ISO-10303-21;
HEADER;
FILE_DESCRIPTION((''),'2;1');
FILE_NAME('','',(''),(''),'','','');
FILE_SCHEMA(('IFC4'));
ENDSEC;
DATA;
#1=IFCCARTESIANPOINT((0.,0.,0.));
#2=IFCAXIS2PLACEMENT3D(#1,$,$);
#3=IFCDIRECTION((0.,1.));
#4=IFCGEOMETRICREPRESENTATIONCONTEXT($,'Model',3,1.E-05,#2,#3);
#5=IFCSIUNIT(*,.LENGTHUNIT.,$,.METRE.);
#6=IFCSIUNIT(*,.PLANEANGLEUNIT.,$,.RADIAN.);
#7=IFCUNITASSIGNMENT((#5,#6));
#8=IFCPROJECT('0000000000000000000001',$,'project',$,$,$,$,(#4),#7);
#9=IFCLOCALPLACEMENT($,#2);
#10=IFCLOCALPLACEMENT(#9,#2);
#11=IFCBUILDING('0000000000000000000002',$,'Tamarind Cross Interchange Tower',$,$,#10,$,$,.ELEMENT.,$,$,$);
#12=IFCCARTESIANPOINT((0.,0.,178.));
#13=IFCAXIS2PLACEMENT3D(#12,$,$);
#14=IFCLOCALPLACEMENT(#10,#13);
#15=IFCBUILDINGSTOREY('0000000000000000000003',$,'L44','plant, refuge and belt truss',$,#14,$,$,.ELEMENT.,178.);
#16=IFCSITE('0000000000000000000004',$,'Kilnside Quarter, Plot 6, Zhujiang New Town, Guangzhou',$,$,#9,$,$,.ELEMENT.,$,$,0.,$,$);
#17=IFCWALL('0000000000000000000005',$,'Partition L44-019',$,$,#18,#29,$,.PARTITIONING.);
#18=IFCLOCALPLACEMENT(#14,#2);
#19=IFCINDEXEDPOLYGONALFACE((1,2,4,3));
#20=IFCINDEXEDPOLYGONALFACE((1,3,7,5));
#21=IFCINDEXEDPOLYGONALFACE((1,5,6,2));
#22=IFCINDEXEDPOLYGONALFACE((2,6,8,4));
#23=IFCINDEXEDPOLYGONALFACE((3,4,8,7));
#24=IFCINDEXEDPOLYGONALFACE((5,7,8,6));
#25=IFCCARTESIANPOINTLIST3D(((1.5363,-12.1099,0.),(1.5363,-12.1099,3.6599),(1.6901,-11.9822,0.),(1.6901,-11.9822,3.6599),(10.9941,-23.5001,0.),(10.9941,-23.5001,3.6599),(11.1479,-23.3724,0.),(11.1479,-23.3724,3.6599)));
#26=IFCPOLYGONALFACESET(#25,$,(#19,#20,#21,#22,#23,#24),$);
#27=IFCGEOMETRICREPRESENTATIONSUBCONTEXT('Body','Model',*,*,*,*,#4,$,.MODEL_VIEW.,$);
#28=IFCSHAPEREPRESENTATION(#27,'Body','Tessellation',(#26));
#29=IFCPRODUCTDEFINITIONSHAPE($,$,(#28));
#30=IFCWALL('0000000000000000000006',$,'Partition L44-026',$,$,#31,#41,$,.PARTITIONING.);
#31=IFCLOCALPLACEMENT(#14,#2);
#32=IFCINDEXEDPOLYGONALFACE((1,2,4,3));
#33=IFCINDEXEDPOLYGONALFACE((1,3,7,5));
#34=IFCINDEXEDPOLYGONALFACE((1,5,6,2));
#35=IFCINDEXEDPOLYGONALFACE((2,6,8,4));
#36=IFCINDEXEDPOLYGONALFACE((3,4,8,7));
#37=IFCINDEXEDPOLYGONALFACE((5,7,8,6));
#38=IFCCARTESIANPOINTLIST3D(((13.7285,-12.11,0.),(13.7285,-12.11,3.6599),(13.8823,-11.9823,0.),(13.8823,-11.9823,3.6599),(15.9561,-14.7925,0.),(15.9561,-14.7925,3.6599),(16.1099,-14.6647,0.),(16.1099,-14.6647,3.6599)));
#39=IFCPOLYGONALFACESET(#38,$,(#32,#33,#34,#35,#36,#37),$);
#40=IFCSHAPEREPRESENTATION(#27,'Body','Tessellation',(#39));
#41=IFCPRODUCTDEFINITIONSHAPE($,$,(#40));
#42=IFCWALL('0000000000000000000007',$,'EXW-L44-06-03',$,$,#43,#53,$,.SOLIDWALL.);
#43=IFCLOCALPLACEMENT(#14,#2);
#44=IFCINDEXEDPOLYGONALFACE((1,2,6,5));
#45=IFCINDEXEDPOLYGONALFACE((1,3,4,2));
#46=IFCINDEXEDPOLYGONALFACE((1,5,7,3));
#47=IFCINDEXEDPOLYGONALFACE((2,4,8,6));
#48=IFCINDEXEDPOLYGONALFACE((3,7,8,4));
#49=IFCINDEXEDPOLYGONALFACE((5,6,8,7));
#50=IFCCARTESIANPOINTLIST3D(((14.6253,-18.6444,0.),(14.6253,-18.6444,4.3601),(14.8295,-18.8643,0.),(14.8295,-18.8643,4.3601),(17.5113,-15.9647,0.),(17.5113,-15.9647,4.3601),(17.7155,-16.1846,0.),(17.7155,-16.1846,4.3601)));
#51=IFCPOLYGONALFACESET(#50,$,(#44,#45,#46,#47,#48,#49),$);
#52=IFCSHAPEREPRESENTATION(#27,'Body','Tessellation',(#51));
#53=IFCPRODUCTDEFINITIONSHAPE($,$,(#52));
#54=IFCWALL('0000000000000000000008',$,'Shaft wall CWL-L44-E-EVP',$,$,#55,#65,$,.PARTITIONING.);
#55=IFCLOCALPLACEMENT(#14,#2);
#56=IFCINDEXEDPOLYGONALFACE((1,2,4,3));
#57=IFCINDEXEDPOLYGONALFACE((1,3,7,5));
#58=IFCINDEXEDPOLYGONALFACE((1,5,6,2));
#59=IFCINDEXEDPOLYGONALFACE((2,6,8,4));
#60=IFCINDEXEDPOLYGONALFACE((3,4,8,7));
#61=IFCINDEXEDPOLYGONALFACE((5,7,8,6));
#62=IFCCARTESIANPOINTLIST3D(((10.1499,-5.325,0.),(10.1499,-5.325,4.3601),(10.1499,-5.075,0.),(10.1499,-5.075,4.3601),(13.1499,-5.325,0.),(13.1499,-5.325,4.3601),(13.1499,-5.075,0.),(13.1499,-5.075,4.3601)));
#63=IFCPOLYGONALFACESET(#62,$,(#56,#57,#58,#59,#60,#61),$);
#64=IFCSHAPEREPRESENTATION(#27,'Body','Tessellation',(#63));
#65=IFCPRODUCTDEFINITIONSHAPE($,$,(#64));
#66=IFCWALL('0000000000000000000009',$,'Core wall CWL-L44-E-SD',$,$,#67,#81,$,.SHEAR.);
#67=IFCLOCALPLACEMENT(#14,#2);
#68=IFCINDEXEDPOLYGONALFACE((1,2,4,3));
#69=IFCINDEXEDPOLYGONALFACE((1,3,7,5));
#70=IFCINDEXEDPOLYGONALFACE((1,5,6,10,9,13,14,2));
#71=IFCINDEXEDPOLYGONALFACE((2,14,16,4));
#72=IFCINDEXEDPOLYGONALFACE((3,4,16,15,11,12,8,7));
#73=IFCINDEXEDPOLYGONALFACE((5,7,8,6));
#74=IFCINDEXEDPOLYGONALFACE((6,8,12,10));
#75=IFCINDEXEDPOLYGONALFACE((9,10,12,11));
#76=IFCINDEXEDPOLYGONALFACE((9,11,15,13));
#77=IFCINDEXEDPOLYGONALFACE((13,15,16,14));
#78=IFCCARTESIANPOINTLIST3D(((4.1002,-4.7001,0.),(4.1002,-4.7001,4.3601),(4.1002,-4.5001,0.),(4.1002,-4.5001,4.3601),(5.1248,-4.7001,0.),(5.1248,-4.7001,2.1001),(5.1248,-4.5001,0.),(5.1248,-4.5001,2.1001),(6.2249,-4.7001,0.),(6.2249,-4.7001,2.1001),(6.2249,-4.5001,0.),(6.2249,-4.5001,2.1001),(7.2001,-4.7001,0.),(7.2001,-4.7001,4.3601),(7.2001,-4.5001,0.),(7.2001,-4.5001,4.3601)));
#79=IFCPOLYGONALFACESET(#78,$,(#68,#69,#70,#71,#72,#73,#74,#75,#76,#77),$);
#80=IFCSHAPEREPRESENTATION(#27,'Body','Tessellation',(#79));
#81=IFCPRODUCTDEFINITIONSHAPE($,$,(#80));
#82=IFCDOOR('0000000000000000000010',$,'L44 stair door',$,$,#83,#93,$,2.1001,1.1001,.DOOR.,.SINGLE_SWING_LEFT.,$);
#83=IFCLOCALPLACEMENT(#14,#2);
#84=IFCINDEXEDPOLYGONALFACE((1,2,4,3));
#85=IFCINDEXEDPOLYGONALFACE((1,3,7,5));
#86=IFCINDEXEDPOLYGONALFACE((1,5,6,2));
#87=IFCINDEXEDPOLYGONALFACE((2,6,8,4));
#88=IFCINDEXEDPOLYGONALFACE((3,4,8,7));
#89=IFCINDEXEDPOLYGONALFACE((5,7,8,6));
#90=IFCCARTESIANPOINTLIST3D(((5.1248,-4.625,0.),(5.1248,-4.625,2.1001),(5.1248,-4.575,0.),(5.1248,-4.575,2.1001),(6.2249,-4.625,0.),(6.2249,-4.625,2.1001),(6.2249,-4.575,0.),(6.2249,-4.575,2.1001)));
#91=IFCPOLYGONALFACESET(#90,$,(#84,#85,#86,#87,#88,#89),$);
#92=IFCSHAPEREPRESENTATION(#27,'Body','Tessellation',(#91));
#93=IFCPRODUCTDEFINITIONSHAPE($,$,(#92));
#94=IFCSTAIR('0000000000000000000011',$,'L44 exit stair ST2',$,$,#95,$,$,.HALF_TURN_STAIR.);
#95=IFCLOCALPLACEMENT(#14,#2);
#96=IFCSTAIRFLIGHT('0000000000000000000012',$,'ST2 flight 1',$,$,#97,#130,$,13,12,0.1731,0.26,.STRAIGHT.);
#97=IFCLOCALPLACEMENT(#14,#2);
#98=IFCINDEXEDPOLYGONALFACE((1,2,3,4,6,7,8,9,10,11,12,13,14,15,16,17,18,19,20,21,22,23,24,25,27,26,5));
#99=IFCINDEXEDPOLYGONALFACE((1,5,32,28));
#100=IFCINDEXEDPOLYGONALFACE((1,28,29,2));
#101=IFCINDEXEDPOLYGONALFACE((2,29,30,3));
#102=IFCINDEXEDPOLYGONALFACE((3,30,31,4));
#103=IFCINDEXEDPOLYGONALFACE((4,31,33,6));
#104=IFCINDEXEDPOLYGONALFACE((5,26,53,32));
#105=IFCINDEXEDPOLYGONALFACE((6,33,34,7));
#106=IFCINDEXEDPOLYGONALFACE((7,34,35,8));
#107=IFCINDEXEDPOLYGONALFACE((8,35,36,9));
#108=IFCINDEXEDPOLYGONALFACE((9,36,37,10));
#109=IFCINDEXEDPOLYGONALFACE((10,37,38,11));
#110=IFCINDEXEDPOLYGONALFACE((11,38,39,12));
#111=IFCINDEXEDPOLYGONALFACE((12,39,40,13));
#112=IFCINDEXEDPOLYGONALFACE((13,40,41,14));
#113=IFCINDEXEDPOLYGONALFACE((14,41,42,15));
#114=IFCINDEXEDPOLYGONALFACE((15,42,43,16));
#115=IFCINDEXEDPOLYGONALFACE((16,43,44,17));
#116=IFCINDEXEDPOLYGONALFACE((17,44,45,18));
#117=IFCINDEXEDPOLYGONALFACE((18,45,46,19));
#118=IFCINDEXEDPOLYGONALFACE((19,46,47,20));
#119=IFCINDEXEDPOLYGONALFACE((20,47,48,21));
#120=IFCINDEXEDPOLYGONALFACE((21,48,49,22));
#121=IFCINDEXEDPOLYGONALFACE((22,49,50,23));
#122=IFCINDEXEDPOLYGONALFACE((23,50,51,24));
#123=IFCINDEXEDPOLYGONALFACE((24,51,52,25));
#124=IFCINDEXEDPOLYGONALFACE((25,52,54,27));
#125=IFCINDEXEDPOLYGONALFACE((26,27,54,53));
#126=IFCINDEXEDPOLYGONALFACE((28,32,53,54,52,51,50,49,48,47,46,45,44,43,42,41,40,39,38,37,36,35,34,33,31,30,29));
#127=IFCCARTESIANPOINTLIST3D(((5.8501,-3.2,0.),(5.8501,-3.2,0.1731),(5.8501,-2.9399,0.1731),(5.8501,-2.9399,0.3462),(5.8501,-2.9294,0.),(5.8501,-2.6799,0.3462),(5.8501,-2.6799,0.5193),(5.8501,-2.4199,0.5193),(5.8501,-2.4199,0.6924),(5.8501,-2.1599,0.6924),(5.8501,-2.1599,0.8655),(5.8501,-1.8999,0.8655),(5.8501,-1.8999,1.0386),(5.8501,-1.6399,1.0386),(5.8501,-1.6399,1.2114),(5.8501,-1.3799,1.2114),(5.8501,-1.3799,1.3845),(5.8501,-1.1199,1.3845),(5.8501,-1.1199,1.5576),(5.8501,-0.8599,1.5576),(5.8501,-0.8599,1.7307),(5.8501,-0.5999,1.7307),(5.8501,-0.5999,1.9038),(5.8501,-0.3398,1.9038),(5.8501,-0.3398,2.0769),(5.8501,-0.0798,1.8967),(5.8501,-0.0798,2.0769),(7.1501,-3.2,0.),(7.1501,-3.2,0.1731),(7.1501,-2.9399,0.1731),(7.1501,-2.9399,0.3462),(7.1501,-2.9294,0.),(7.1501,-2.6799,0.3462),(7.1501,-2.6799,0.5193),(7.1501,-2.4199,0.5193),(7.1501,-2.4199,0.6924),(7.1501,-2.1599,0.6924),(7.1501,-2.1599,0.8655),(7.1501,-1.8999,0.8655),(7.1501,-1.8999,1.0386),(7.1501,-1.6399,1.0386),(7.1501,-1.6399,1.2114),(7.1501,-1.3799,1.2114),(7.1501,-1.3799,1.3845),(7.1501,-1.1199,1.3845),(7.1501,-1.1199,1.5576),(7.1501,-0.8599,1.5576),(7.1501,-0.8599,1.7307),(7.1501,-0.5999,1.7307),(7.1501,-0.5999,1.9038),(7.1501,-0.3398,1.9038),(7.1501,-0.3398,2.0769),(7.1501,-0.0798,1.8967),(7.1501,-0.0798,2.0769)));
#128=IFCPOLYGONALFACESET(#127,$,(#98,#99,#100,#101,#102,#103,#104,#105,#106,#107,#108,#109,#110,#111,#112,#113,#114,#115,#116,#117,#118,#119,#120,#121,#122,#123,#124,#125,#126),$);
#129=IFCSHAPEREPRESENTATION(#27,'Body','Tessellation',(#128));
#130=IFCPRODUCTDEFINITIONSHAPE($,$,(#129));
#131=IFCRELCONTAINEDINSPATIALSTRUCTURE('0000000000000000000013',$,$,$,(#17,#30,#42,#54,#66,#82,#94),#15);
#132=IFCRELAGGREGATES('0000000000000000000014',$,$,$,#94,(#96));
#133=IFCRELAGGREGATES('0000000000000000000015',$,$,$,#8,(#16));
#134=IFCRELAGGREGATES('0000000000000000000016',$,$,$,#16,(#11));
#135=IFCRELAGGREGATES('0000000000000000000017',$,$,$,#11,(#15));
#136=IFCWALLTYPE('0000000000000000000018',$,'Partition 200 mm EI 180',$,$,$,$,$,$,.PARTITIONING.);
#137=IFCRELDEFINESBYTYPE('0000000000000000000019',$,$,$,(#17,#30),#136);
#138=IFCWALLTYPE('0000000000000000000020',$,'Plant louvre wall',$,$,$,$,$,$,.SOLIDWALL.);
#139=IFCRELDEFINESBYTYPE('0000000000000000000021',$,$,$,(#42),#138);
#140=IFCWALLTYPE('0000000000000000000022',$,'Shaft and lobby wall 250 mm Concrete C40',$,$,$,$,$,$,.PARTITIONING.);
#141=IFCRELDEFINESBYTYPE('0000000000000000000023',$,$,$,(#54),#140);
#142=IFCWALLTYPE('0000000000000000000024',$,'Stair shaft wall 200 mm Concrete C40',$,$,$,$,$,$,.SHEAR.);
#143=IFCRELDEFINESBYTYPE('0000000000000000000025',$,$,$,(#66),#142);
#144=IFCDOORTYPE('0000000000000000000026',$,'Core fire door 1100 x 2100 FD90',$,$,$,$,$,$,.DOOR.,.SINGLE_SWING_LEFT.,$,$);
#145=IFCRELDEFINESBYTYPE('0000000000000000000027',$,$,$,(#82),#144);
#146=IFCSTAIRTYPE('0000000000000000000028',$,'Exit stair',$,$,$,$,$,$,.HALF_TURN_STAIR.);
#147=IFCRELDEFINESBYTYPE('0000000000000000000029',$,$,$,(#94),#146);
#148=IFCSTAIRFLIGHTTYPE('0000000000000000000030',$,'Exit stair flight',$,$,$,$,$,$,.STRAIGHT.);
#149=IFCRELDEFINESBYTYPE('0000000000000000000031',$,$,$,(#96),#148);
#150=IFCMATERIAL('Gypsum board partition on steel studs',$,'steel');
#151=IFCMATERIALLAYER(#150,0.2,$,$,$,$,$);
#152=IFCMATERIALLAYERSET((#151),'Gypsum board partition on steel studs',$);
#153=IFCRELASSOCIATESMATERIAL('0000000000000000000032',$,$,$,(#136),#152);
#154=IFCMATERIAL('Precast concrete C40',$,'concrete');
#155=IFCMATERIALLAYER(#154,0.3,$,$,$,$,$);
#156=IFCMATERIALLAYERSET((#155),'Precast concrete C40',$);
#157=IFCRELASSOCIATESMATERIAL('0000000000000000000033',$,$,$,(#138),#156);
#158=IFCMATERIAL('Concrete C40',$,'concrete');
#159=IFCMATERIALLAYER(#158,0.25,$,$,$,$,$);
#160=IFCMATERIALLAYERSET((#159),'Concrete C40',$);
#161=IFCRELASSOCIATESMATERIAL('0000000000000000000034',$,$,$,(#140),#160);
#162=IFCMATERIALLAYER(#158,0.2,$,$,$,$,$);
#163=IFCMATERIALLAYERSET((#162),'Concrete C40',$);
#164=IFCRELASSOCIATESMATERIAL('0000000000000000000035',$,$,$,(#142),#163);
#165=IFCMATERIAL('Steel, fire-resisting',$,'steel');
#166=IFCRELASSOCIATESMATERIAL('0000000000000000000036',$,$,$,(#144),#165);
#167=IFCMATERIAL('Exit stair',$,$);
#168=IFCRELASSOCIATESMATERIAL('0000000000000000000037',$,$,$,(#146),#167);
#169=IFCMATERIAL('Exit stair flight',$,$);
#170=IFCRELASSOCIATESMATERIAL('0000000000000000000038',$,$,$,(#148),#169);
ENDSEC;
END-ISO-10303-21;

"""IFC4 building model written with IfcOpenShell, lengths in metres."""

from ifc_helpers import new_model, si_unit, direction, frame, frame_2d, origin, place, context, subcontext, project, spatial, polyline, rectangle, outline, extrude, material, layer, layer_set, type_object, element, fill, aggregate, save


model = new_model("IFC4")

# Units and contexts
model_context = context("Model", 3, precision=1e-05, world=origin(), true_north=direction((0.0, 1.0)))
body_context = subcontext(model_context, "Body", "Model", "MODEL_VIEW")
ifc_project = project(units=[si_unit("LENGTHUNIT", "METRE"), si_unit("PLANEANGLEUNIT", "RADIAN")], contexts=[model_context])

# Site, building, storey
site_placement = place(None, origin())
site = spatial("IfcSite", under=ifc_project, at=site_placement, Name="Kilnside Quarter, Plot 6, Zhujiang New Town, Guangzhou", CompositionType="ELEMENT", RefElevation=0.0)
building_placement = place(site_placement, origin())
building = spatial("IfcBuilding", under=site, at=building_placement, Name="Tamarind Cross Interchange Tower", CompositionType="ELEMENT")
storey_placement = place(building_placement, frame((0.0, 0.0, 178.0)))
storey = spatial("IfcBuildingStorey", under=building, at=storey_placement, Name="L44", Description="plant, refuge and belt truss", CompositionType="ELEMENT", Elevation=178.0)

# Shared definitions
ifc_material_1 = material(Name="Steel, fire-resisting", Category="steel")

# Walls
ifc_material_2 = material(Name="Gypsum board partition on steel studs", Category="steel")
ifc_layer_1 = layer(ifc_material_2, 0.2)
ifc_layer_set_1 = layer_set([ifc_layer_1], Name="Gypsum board partition on steel studs")
wall_type_1 = type_object("IfcWallType", Name="Partition 200 mm EI 180", PredefinedType="PARTITIONING", material=ifc_layer_set_1)
wall_1_placement = place(storey_placement, frame((1.6133, -12.0461, 0.0), z_axis=(0.0, 0.0, 1.0), x_axis=(0.638827, -0.76935, 0.0)))
element("IfcWall", 1, at=wall_1_placement, inside=storey, type_object=wall_type_1, Name="Partition L44-019", PredefinedType="PARTITIONING", context=body_context, shape_type="SweptSolid", body=[
    extrude(rectangle(XDim=14.8049, YDim=0.2, at=frame_2d((7.4023, 0.0))), origin(), (0.0, 0.0, 1.0), 3.6599),
])
wall_2_placement = place(storey_placement, frame((13.8054, -12.0461, 0.0), z_axis=(0.0, 0.0, 1.0), x_axis=(0.638868, -0.769316, 0.0)))
element("IfcWall", 2, at=wall_2_placement, inside=storey, type_object=wall_type_1, Name="Partition L44-026", PredefinedType="PARTITIONING", context=body_context, shape_type="SweptSolid", body=[
    extrude(rectangle(XDim=3.4868, YDim=0.2, at=frame_2d((1.7434, 0.0))), origin(), (0.0, 0.0, 1.0), 3.6599),
])
ifc_material_3 = material(Name="Precast concrete C40", Category="concrete")
ifc_layer_2 = layer(ifc_material_3, 0.3)
ifc_layer_set_2 = layer_set([ifc_layer_2], Name="Precast concrete C40")
wall_type_2 = type_object("IfcWallType", Name="Plant louvre wall", PredefinedType="SOLIDWALL", material=ifc_layer_set_2)
wall_3_placement = place(storey_placement, frame((14.7273, -18.7544, 0.0), z_axis=(0.0, 0.0, 1.0), x_axis=(0.732813, 0.68043, 0.0)))
element("IfcWall", 3, at=wall_3_placement, inside=storey, type_object=wall_type_2, Name="EXW-L44-06-03", PredefinedType="SOLIDWALL", context=body_context, shape_type="SweptSolid", body=[
    extrude(rectangle(XDim=3.9382, YDim=0.3, at=frame_2d((1.9692, 0.0))), origin(), (0.0, 0.0, 1.0), 4.3601),
])
ifc_material_4 = material(Name="Concrete C40", Category="concrete")
ifc_layer_3 = layer(ifc_material_4, 0.25)
ifc_layer_set_3 = layer_set([ifc_layer_3], Name="Concrete C40")
wall_type_3 = type_object("IfcWallType", Name="Shaft and lobby wall 250 mm Concrete C40", PredefinedType="PARTITIONING", material=ifc_layer_set_3)
wall_4_placement = place(storey_placement, frame((13.1499, -5.2, 0.0), z_axis=(0.0, 0.0, 1.0), x_axis=(-1.0, 0.0, 0.0)))
element("IfcWall", 4, at=wall_4_placement, inside=storey, type_object=wall_type_3, Name="Shaft wall CWL-L44-E-EVP", PredefinedType="PARTITIONING", context=body_context, shape_type="SweptSolid", body=[
    extrude(rectangle(XDim=3.0, YDim=0.25, at=frame_2d((1.5, 0.0))), origin(), (0.0, 0.0, 1.0), 4.3601),
])

# Wall, opening, door
ifc_layer_4 = layer(ifc_material_4, 0.2)
ifc_layer_set_4 = layer_set([ifc_layer_4], Name="Concrete C40")
wall_type_4 = type_object("IfcWallType", Name="Stair shaft wall 200 mm Concrete C40", PredefinedType="SHEAR", material=ifc_layer_set_4)
wall_5_placement = place(storey_placement, frame((7.2, -4.6001, 0.0), z_axis=(0.0, 0.0, 1.0), x_axis=(-1.0, 0.0, 0.0)))
wall_5 = element("IfcWall", 5, at=wall_5_placement, inside=storey, type_object=wall_type_4, Name="Core wall CWL-L44-E-SD", PredefinedType="SHEAR", context=body_context, shape_type="SweptSolid", body=[
    extrude(rectangle(XDim=3.0999, YDim=0.2, at=frame_2d((1.5498, 0.0))), origin(), (0.0, 0.0, 1.0), 4.3601),
])
opening_1_placement = place(wall_5_placement, frame((0.9751, 0.0, 0.0)))
opening_1 = element("IfcOpeningElement", 6, at=opening_1_placement, cuts=wall_5, PredefinedType="OPENING", context=body_context, shape_type="SweptSolid", body=[
    extrude(rectangle(XDim=1.1001, YDim=2.1001, at=frame_2d((0.55, 1.05))), frame((0.0, 0.1099, 0.0), z_axis=(0.0, -1.0, 0.0), x_axis=(1.0, 0.0, 0.0)), (0.0, 0.0, 1.0), 0.22),
])
door_type_1 = type_object("IfcDoorType", Name="Core fire door 1100 x 2100 FD90", OperationType="SINGLE_SWING_LEFT", PredefinedType="DOOR", material=ifc_material_1)
door_1_placement = place(opening_1_placement, origin())
door_1 = element("IfcDoor", 7, at=door_1_placement, inside=storey, type_object=door_type_1, Name="L44 stair door", OperationType="SINGLE_SWING_LEFT", OverallHeight=2.1001, OverallWidth=1.1001, PredefinedType="DOOR", context=body_context, shape_type="SweptSolid", body=[
    extrude(rectangle(XDim=1.1001, YDim=2.1001, at=frame_2d((0.55, 1.05))), frame((0.0, 0.0249, 0.0), z_axis=(0.0, -1.0, 0.0), x_axis=(1.0, 0.0, 0.0)), (0.0, 0.0, 1.0), 0.05),
])
fill(opening_1, door_1)

# Stair, stair flight
ifc_material_5 = material(Name="Exit stair")
stair_type = type_object("IfcStairType", Name="Exit stair", PredefinedType="HALF_TURN_STAIR", material=ifc_material_5)
stair_placement = place(storey_placement, origin())
stair = element("IfcStair", 8, at=stair_placement, inside=storey, type_object=stair_type, Name="L44 exit stair ST2", PredefinedType="HALF_TURN_STAIR")
ifc_material_6 = material(Name="Exit stair flight")
stair_flight_type = type_object("IfcStairFlightType", Name="Exit stair flight", PredefinedType="STRAIGHT", material=ifc_material_6)
stair_flight_placement = place(storey_placement, frame((6.5, -3.2, 0.0), z_axis=(0.0, 0.0, 1.0), x_axis=(0.0, 1.0, 0.0)))
stair_flight = element("IfcStairFlight", 9, at=stair_flight_placement, type_object=stair_flight_type, Name="ST2 flight 1", NumberOfRisers=13, NumberOfTreads=12, PredefinedType="STRAIGHT", RiserHeight=0.1731, TreadLength=0.26, context=body_context, shape_type="SweptSolid", body=[
    extrude(outline(polyline([(0.0, 0.0), (0.0, 0.1731), (0.26, 0.1731), (0.26, 0.3462), (0.52, 0.3462), (0.52, 0.5193), (0.78, 0.5193), (0.78, 0.6924), (1.04, 0.6924), (1.04, 0.8655), (1.3, 0.8655), (1.3, 1.0386), (1.5601, 1.0386), (1.5601, 1.2114), (1.8201, 1.2114), (1.8201, 1.3845), (2.0801, 1.3845), (2.0801, 1.5576), (2.3401, 1.5576), (2.3401, 1.7307), (2.6001, 1.7307), (2.6001, 1.9038), (2.8601, 1.9038), (2.8601, 2.0769), (3.1201, 2.0769), (3.1201, 2.25), (3.1201, 1.8967), (0.2705, 0.0), (0.0, 0.0)])), frame((0.0, 0.6499, 0.0), z_axis=(0.0, -1.0, 0.0), x_axis=(1.0, 0.0, 0.0)), (0.0, 0.0, 1.0), 1.3),
])
aggregate(stair, [stair_flight])

save(model, "model.ifc")
